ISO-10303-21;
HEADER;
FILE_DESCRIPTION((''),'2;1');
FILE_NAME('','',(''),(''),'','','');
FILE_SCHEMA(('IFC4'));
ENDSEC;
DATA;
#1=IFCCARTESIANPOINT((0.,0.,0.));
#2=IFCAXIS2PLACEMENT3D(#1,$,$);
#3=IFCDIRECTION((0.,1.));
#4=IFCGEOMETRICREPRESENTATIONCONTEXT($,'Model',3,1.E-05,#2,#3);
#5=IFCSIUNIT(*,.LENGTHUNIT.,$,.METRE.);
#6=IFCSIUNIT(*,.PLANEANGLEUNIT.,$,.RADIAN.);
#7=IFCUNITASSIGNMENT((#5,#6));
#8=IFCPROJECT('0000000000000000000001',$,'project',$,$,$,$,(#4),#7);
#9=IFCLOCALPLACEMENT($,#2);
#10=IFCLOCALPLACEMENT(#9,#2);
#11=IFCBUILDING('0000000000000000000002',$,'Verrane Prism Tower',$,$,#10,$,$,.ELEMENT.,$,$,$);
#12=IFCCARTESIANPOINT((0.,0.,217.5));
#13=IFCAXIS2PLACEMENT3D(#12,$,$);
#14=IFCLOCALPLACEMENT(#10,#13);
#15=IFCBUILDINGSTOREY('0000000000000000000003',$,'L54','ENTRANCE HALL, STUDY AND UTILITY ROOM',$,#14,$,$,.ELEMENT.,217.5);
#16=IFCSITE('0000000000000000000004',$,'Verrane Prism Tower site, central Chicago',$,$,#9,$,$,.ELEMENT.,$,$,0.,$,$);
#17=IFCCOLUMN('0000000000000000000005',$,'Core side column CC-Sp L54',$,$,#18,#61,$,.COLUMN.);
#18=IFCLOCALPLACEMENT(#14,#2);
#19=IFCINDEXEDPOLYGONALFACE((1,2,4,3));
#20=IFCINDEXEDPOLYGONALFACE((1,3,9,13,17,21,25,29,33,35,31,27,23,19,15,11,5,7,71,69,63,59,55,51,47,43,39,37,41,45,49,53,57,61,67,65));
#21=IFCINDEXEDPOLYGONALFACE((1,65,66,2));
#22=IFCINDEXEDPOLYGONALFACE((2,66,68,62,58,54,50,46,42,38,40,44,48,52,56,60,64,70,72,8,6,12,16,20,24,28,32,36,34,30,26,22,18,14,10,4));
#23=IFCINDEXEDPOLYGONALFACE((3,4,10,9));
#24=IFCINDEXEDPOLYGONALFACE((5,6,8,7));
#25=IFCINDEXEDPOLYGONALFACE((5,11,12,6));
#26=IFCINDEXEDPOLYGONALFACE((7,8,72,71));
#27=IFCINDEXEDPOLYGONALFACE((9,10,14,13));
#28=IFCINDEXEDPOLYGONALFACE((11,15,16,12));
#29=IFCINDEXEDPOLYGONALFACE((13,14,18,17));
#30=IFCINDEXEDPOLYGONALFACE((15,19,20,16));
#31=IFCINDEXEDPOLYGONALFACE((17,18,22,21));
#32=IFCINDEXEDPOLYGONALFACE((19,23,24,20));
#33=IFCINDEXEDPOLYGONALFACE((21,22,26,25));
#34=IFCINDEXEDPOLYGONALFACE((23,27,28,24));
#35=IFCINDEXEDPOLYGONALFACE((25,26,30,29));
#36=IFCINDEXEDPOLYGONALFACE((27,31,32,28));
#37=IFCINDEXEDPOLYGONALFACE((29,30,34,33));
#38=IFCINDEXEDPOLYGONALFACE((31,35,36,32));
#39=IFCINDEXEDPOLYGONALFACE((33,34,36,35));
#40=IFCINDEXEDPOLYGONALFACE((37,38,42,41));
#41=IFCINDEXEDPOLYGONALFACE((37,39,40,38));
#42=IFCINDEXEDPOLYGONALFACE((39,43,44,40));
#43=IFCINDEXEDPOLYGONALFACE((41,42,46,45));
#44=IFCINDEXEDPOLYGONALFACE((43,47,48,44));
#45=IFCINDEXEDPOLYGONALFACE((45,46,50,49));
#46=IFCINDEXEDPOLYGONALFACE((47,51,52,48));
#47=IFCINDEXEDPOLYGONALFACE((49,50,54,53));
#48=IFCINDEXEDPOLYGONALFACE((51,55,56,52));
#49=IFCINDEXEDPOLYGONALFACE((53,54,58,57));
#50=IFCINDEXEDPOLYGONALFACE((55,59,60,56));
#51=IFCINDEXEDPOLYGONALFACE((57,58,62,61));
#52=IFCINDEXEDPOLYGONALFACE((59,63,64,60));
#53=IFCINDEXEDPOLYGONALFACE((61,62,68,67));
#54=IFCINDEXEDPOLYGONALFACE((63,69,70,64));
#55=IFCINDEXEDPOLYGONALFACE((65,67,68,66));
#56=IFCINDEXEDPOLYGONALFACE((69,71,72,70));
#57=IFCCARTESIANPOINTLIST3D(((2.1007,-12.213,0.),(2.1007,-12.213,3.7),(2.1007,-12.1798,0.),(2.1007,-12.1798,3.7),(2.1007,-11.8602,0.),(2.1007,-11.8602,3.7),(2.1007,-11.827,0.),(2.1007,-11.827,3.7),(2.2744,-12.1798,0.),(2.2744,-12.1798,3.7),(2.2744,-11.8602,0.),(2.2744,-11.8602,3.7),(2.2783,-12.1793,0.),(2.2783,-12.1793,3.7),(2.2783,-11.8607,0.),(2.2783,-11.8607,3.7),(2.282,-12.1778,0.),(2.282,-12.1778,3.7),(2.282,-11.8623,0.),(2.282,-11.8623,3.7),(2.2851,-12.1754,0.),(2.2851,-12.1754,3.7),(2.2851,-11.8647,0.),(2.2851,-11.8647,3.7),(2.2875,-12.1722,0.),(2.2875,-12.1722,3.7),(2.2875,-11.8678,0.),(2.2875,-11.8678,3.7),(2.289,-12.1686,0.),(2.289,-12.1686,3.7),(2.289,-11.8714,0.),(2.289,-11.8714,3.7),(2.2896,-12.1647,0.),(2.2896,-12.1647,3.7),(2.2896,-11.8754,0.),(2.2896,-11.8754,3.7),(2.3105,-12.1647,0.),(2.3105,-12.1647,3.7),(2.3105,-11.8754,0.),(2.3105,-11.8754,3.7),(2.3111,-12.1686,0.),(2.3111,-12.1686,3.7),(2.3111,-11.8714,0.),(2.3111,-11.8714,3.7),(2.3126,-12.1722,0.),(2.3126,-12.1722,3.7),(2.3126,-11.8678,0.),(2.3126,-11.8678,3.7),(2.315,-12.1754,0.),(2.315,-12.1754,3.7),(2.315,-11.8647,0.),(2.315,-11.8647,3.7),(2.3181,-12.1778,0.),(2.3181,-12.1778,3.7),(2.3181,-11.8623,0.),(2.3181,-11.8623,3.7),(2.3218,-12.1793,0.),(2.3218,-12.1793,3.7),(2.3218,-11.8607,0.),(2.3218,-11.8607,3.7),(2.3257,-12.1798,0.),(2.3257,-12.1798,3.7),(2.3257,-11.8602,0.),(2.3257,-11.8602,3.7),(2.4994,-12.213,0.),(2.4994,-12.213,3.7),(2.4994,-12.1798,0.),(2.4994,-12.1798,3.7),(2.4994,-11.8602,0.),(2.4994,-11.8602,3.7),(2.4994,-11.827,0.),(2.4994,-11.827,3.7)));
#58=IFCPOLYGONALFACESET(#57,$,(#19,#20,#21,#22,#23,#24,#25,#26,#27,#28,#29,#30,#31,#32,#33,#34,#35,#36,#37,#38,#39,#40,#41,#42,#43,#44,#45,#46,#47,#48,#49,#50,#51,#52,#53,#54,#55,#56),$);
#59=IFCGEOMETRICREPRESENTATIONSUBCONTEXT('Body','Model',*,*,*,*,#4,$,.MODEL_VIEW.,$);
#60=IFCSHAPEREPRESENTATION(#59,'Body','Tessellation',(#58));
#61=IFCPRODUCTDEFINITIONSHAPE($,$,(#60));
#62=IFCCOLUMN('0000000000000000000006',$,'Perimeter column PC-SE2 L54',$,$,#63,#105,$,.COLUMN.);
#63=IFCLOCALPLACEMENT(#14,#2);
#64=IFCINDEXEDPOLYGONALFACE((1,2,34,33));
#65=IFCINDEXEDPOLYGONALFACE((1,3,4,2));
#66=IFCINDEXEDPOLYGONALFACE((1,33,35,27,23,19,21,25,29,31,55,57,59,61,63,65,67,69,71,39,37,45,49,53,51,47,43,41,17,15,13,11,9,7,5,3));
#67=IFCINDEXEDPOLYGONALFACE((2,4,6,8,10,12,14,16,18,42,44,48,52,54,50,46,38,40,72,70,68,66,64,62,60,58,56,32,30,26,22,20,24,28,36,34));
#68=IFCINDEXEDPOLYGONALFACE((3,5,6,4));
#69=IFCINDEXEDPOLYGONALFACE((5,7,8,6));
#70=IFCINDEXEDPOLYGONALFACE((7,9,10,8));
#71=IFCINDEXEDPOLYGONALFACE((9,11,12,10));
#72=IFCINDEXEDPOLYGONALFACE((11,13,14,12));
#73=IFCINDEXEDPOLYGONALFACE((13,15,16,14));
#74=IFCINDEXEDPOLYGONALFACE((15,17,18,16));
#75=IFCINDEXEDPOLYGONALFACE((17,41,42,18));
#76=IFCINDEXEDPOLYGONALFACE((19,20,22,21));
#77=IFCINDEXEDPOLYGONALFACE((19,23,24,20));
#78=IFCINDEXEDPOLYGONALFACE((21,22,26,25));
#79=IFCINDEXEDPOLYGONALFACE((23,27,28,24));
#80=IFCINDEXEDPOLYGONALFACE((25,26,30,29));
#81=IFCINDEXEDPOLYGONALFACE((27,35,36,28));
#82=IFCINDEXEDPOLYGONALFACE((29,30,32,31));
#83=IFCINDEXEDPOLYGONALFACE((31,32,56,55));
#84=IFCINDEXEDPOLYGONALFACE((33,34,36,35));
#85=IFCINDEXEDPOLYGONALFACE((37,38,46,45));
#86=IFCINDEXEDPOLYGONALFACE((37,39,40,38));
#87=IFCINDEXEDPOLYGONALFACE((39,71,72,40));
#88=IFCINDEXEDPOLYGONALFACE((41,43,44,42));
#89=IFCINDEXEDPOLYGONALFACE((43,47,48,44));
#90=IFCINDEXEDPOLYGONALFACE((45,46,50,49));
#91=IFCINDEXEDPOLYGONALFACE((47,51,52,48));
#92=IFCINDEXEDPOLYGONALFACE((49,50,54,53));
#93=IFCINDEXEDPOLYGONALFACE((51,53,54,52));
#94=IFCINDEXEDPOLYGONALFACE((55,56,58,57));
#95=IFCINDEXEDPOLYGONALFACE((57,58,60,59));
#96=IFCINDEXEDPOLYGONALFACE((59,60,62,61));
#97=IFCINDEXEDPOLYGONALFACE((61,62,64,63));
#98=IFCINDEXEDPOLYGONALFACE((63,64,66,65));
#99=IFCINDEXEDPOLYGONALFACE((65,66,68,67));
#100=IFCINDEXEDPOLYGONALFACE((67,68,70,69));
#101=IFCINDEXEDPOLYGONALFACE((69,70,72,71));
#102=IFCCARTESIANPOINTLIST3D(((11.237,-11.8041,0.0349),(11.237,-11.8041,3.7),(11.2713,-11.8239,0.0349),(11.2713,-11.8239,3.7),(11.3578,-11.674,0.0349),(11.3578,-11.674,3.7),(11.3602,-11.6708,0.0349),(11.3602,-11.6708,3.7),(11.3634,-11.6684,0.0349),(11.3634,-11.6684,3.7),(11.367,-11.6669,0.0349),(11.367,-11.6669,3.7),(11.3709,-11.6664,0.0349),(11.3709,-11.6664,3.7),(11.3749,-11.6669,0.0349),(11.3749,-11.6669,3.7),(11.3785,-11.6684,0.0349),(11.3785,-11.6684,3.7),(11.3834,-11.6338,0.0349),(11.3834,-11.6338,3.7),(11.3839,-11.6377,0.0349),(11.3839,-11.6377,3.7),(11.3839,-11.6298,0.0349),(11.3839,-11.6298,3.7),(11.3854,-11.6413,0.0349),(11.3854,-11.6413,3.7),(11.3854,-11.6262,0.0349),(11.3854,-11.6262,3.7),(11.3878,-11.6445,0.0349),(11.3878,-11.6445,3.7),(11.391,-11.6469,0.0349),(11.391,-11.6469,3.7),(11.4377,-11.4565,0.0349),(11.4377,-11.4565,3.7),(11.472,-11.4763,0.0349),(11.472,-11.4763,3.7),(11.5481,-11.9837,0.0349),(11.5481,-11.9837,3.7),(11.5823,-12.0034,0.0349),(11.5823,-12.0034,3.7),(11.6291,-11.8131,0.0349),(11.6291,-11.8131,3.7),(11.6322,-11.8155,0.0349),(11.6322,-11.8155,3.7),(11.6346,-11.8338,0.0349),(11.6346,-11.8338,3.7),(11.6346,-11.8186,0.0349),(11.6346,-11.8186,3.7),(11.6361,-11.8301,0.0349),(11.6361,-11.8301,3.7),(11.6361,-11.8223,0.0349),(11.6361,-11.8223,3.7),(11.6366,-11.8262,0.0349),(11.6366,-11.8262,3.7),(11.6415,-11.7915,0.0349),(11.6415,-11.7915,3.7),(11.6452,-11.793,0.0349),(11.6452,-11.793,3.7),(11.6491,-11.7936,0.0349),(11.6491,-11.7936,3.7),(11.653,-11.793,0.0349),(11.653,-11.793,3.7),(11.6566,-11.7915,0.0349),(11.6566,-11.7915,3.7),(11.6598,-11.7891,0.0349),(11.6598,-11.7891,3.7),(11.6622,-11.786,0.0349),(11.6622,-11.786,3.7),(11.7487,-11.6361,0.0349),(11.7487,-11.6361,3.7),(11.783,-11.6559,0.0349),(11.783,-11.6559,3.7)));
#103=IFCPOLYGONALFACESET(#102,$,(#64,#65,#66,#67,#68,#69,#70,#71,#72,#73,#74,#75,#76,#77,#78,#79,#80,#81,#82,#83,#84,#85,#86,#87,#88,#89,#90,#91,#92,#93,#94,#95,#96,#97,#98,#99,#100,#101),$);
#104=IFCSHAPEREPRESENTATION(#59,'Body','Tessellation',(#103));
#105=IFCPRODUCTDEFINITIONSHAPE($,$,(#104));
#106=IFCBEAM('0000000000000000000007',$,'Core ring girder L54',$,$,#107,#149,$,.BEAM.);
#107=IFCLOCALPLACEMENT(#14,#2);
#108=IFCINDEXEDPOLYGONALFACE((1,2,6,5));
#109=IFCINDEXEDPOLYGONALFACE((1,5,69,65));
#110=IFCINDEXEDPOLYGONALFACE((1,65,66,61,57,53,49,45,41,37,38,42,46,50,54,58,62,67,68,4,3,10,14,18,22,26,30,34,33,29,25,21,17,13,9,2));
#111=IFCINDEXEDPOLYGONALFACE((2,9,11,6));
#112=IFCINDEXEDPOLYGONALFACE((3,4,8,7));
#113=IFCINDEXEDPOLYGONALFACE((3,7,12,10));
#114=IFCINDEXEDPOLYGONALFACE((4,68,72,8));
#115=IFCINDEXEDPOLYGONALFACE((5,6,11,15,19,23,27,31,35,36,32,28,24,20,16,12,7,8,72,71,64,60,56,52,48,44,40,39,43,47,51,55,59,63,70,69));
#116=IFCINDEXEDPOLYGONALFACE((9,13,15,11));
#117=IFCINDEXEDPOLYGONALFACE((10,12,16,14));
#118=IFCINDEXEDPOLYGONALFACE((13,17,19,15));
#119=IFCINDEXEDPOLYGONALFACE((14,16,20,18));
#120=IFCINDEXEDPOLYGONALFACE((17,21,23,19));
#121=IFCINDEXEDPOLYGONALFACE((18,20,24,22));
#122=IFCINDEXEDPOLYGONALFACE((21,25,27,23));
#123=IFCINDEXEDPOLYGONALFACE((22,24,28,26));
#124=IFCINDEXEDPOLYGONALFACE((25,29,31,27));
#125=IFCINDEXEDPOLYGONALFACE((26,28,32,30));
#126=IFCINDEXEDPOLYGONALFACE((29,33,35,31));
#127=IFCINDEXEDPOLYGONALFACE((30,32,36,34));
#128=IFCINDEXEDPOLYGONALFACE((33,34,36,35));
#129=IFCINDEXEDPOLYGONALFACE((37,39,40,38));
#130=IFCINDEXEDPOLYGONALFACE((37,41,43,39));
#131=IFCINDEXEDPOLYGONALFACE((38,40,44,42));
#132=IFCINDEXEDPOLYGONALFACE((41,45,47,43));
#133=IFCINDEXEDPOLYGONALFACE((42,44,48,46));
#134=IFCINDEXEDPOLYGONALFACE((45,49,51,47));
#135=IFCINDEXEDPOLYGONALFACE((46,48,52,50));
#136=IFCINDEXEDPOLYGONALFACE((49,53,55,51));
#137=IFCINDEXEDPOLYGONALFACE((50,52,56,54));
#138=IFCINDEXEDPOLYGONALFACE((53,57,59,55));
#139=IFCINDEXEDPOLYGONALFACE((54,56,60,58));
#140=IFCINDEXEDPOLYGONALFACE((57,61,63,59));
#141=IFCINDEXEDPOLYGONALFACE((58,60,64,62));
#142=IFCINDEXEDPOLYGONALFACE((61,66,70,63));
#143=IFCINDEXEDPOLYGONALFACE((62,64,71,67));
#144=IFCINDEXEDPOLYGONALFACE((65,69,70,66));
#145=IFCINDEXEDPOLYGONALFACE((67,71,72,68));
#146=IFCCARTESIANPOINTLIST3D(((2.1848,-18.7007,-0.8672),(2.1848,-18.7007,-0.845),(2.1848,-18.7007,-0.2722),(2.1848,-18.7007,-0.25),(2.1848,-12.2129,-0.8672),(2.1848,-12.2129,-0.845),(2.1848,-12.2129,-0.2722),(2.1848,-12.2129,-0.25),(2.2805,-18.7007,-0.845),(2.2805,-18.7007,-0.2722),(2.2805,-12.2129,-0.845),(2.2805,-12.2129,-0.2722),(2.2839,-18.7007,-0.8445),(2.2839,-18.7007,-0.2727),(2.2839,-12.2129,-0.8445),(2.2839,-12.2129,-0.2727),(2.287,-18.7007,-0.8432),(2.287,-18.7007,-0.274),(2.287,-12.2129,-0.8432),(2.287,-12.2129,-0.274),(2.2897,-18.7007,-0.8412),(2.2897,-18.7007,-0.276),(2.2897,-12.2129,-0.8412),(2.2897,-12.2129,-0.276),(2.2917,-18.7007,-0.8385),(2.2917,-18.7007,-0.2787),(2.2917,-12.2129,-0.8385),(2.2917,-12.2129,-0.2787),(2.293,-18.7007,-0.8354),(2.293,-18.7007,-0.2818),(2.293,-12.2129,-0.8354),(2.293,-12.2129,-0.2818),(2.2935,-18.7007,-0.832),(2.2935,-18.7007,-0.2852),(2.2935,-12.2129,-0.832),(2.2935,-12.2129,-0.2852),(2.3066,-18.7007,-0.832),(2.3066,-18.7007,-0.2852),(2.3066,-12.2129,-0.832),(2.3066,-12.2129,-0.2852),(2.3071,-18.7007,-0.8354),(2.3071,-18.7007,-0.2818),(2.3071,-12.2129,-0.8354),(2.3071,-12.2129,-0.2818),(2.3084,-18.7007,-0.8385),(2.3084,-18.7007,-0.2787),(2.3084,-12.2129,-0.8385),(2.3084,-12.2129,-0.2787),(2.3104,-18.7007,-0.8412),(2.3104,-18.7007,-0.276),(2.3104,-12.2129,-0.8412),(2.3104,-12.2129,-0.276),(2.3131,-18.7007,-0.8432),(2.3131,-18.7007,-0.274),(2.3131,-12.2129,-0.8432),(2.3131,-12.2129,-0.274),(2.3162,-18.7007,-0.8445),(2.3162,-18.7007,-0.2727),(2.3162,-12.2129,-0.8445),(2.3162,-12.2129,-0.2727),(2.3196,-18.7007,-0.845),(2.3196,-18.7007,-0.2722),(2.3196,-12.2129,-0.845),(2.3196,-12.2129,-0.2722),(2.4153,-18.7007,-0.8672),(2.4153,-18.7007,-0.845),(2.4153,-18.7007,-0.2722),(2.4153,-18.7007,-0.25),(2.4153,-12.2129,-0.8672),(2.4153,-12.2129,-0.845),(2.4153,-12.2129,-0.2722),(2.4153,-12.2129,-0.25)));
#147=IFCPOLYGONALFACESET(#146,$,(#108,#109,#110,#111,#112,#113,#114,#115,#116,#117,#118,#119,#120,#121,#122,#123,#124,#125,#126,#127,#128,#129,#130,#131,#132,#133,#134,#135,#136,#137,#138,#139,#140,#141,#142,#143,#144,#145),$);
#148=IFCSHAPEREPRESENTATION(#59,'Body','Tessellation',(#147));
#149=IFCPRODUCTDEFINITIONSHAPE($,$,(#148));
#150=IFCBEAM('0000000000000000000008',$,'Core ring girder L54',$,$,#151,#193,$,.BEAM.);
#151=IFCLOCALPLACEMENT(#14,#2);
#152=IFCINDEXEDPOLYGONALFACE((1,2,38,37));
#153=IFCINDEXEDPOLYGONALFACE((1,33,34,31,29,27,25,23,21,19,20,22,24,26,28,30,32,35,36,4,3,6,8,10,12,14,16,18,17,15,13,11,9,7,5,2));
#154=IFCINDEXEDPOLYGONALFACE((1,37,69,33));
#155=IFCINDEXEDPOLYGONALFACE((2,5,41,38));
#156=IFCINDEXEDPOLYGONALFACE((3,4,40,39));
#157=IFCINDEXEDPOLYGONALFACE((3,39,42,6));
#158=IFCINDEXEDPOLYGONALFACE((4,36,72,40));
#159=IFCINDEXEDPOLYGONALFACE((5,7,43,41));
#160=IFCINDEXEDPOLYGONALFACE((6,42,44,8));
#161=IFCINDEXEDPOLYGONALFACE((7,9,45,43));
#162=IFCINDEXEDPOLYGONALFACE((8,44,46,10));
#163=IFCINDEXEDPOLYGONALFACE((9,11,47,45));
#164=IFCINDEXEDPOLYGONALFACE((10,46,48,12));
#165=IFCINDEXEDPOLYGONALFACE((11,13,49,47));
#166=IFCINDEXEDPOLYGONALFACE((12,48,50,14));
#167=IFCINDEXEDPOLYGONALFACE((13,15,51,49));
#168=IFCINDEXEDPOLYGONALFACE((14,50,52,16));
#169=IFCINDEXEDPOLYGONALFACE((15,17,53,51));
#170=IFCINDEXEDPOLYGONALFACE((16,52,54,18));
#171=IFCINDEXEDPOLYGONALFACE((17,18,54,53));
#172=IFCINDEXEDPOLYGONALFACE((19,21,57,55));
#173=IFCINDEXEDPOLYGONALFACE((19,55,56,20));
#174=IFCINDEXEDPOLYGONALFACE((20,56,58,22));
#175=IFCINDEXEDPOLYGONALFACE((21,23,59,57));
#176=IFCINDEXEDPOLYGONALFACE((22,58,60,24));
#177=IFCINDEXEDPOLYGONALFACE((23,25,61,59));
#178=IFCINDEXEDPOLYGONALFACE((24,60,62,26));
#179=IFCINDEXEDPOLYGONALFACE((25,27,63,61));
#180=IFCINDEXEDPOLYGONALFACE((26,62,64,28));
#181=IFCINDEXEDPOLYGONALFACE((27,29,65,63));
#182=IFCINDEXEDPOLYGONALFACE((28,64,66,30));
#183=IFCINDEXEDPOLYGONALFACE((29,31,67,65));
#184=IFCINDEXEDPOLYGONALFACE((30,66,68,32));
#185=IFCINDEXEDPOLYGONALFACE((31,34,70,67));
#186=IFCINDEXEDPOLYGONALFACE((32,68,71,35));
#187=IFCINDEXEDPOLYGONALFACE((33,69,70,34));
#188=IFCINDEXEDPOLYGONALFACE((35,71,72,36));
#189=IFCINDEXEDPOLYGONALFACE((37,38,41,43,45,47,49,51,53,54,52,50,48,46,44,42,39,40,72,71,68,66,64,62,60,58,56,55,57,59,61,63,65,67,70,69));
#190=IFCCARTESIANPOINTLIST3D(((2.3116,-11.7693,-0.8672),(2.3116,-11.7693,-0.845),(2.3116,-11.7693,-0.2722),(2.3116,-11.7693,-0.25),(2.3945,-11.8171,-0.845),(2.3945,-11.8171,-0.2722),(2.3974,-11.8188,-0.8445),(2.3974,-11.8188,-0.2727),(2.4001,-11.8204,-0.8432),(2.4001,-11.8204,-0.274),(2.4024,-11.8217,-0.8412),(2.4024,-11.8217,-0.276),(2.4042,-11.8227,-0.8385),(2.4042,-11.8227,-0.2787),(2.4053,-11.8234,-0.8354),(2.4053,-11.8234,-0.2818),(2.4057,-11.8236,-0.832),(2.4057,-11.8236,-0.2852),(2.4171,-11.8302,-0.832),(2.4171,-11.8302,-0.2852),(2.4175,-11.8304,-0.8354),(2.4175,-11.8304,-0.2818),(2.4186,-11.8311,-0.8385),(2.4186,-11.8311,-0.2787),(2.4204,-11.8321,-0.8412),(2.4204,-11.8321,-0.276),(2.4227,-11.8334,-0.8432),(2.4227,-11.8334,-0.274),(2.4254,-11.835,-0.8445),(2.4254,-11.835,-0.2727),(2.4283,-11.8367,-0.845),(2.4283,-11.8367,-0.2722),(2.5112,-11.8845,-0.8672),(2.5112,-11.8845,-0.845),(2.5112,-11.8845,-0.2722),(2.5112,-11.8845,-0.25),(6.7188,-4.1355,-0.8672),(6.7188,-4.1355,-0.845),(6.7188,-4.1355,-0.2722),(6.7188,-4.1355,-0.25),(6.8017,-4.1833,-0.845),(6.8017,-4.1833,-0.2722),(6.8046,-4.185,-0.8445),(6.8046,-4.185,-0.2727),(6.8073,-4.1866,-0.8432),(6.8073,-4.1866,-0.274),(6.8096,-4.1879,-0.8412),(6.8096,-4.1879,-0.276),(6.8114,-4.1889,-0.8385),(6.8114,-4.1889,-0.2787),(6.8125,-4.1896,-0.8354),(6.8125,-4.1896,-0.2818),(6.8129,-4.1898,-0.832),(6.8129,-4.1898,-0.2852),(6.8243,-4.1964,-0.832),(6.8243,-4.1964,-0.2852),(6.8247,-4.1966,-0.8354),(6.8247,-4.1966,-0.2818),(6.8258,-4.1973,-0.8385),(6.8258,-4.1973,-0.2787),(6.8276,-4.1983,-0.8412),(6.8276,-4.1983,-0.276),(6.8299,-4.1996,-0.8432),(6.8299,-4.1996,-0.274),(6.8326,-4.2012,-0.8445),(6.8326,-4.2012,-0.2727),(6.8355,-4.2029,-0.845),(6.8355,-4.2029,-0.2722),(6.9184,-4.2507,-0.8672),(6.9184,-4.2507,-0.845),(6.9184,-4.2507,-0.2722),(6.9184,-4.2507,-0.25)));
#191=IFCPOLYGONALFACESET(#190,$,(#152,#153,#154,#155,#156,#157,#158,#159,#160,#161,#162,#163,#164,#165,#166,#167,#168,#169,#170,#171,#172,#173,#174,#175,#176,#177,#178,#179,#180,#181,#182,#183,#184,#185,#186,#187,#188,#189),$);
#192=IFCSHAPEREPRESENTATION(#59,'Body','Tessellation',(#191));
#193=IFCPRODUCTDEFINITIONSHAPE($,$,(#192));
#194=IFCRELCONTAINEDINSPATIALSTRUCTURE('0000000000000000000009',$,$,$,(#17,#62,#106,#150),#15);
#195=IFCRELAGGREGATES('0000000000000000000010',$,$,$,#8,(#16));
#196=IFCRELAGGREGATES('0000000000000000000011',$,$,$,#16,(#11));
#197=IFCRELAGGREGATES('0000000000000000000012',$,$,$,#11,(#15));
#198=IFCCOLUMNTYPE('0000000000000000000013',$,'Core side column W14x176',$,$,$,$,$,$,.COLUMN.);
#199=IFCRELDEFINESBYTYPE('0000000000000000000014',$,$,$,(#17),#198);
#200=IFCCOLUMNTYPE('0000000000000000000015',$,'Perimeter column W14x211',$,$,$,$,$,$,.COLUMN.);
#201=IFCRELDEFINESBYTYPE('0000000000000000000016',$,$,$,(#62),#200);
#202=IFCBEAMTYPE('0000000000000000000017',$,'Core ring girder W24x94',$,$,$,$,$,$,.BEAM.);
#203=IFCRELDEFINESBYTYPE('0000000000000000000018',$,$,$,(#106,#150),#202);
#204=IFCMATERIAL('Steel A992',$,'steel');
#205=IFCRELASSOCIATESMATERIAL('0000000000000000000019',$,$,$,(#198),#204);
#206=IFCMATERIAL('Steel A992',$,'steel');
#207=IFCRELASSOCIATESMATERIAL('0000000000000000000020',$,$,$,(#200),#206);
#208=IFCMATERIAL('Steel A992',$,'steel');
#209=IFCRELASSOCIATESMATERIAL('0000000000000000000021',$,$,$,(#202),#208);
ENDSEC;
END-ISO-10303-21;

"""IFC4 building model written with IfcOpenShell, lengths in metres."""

from ifc_helpers import new_model, si_unit, direction, frame, origin, origin_2d, place, context, subcontext, project, spatial, i_section, extrude, material, material_profile, profile_set, type_object, element, save


model = new_model("IFC4")

# Units and contexts
model_context = context("Model", 3, precision=1e-05, world=origin(), true_north=direction((0.0, 1.0)))
body_context = subcontext(model_context, "Body", "Model", "MODEL_VIEW")
ifc_project = project(units=[si_unit("LENGTHUNIT", "METRE"), si_unit("PLANEANGLEUNIT", "RADIAN")], contexts=[model_context])

# Site, building, storey
site_placement = place(None, origin())
site = spatial("IfcSite", under=ifc_project, at=site_placement, Name="Verrane Prism Tower site, central Chicago", CompositionType="ELEMENT", RefElevation=0.0)
building_placement = place(site_placement, origin())
building = spatial("IfcBuilding", under=site, at=building_placement, Name="Verrane Prism Tower", CompositionType="ELEMENT")
storey_placement = place(building_placement, frame((0.0, 0.0, 217.5)))
storey = spatial("IfcBuildingStorey", under=building, at=storey_placement, Name="L54", Description="ENTRANCE HALL, STUDY AND UTILITY ROOM", CompositionType="ELEMENT", Elevation=217.5)

# Columns
ifc_material_1 = material(Name="Steel A992", Category="steel")
ifc_material_profile_1 = material_profile(ifc_material_1, i_section(OverallWidth=0.3987, OverallDepth=0.386, WebThickness=0.021, FlangeThickness=0.0332, FilletRadius=0.0151, at=origin_2d()), Name="W14x176")
ifc_profile_set_1 = profile_set([ifc_material_profile_1], Name="Steel A992")
column_type_1 = type_object("IfcColumnType", Name="Core side column W14x176", PredefinedType="COLUMN", material=ifc_profile_set_1)
column_1_placement = place(storey_placement, frame((2.3, -12.02, 0.0), z_axis=(0.0, 0.0, 1.0), x_axis=(1.0, 0.0, 0.0)))
element("IfcColumn", 1, at=column_1_placement, inside=storey, type_object=column_type_1, Name="Core side column CC-Sp L54", PredefinedType="COLUMN", context=body_context, shape_type="SweptSolid", body=[
    extrude(i_section(OverallWidth=0.3987, OverallDepth=0.386, WebThickness=0.021, FlangeThickness=0.0332, FilletRadius=0.0151, at=origin_2d()), origin(), (0.0, 0.0, 1.0), 3.7),
])
ifc_material_2 = material(Name="Steel A992", Category="steel")
ifc_material_profile_2 = material_profile(ifc_material_2, i_section(OverallWidth=0.4014, OverallDepth=0.3987, WebThickness=0.0249, FlangeThickness=0.0396, FilletRadius=0.0151, at=origin_2d()), Name="W14x211")
ifc_profile_set_2 = profile_set([ifc_material_profile_2], Name="Steel A992")
column_type_2 = type_object("IfcColumnType", Name="Perimeter column W14x211", PredefinedType="COLUMN", material=ifc_profile_set_2)
column_2_placement = place(storey_placement, frame((11.51, -11.73, 0.0349), z_axis=(0.0, 0.0, 1.0), x_axis=(-0.5, -0.866025, 0.0)))
element("IfcColumn", 2, at=column_2_placement, inside=storey, type_object=column_type_2, Name="Perimeter column PC-SE2 L54", PredefinedType="COLUMN", context=body_context, shape_type="SweptSolid", body=[
    extrude(i_section(OverallWidth=0.4014, OverallDepth=0.3987, WebThickness=0.0249, FlangeThickness=0.0396, FilletRadius=0.0151, at=origin_2d()), origin(), (0.0, 0.0, 1.0), 3.665),
])

# Beams
ifc_material_3 = material(Name="Steel A992", Category="steel")
ifc_material_profile_3 = material_profile(ifc_material_3, i_section(OverallWidth=0.2305, OverallDepth=0.6172, WebThickness=0.0132, FlangeThickness=0.0222, FilletRadius=0.0129, at=origin_2d()), Name="W24x94")
ifc_profile_set_3 = profile_set([ifc_material_profile_3], Name="Steel A992")
beam_type_1 = type_object("IfcBeamType", Name="Core ring girder W24x94", PredefinedType="BEAM", material=ifc_profile_set_3)
beam_1_placement = place(storey_placement, frame((2.3, -18.7007, -0.5586), z_axis=(0.0, 1.0, 0.0), x_axis=(-1.0, 0.0, 0.0)))
element("IfcBeam", 3, at=beam_1_placement, inside=storey, type_object=beam_type_1, Name="Core ring girder L54", PredefinedType="BEAM", context=body_context, shape_type="SweptSolid", body=[
    extrude(i_section(OverallWidth=0.2305, OverallDepth=0.6172, WebThickness=0.0132, FlangeThickness=0.0222, FilletRadius=0.0129, at=origin_2d()), origin(), (0.0, 0.0, 1.0), 6.4878),
])
beam_2_placement = place(storey_placement, frame((2.4114, -11.8269, -0.5586), z_axis=(0.499988, 0.866032, 0.0), x_axis=(-0.866032, 0.499988, 0.0)))
element("IfcBeam", 4, at=beam_2_placement, inside=storey, type_object=beam_type_1, Name="Core ring girder L54", PredefinedType="BEAM", context=body_context, shape_type="SweptSolid", body=[
    extrude(i_section(OverallWidth=0.2305, OverallDepth=0.6172, WebThickness=0.0132, FlangeThickness=0.0222, FilletRadius=0.0129, at=origin_2d()), origin(), (0.0, 0.0, 1.0), 8.8147),
])

save(model, "model.ifc")
